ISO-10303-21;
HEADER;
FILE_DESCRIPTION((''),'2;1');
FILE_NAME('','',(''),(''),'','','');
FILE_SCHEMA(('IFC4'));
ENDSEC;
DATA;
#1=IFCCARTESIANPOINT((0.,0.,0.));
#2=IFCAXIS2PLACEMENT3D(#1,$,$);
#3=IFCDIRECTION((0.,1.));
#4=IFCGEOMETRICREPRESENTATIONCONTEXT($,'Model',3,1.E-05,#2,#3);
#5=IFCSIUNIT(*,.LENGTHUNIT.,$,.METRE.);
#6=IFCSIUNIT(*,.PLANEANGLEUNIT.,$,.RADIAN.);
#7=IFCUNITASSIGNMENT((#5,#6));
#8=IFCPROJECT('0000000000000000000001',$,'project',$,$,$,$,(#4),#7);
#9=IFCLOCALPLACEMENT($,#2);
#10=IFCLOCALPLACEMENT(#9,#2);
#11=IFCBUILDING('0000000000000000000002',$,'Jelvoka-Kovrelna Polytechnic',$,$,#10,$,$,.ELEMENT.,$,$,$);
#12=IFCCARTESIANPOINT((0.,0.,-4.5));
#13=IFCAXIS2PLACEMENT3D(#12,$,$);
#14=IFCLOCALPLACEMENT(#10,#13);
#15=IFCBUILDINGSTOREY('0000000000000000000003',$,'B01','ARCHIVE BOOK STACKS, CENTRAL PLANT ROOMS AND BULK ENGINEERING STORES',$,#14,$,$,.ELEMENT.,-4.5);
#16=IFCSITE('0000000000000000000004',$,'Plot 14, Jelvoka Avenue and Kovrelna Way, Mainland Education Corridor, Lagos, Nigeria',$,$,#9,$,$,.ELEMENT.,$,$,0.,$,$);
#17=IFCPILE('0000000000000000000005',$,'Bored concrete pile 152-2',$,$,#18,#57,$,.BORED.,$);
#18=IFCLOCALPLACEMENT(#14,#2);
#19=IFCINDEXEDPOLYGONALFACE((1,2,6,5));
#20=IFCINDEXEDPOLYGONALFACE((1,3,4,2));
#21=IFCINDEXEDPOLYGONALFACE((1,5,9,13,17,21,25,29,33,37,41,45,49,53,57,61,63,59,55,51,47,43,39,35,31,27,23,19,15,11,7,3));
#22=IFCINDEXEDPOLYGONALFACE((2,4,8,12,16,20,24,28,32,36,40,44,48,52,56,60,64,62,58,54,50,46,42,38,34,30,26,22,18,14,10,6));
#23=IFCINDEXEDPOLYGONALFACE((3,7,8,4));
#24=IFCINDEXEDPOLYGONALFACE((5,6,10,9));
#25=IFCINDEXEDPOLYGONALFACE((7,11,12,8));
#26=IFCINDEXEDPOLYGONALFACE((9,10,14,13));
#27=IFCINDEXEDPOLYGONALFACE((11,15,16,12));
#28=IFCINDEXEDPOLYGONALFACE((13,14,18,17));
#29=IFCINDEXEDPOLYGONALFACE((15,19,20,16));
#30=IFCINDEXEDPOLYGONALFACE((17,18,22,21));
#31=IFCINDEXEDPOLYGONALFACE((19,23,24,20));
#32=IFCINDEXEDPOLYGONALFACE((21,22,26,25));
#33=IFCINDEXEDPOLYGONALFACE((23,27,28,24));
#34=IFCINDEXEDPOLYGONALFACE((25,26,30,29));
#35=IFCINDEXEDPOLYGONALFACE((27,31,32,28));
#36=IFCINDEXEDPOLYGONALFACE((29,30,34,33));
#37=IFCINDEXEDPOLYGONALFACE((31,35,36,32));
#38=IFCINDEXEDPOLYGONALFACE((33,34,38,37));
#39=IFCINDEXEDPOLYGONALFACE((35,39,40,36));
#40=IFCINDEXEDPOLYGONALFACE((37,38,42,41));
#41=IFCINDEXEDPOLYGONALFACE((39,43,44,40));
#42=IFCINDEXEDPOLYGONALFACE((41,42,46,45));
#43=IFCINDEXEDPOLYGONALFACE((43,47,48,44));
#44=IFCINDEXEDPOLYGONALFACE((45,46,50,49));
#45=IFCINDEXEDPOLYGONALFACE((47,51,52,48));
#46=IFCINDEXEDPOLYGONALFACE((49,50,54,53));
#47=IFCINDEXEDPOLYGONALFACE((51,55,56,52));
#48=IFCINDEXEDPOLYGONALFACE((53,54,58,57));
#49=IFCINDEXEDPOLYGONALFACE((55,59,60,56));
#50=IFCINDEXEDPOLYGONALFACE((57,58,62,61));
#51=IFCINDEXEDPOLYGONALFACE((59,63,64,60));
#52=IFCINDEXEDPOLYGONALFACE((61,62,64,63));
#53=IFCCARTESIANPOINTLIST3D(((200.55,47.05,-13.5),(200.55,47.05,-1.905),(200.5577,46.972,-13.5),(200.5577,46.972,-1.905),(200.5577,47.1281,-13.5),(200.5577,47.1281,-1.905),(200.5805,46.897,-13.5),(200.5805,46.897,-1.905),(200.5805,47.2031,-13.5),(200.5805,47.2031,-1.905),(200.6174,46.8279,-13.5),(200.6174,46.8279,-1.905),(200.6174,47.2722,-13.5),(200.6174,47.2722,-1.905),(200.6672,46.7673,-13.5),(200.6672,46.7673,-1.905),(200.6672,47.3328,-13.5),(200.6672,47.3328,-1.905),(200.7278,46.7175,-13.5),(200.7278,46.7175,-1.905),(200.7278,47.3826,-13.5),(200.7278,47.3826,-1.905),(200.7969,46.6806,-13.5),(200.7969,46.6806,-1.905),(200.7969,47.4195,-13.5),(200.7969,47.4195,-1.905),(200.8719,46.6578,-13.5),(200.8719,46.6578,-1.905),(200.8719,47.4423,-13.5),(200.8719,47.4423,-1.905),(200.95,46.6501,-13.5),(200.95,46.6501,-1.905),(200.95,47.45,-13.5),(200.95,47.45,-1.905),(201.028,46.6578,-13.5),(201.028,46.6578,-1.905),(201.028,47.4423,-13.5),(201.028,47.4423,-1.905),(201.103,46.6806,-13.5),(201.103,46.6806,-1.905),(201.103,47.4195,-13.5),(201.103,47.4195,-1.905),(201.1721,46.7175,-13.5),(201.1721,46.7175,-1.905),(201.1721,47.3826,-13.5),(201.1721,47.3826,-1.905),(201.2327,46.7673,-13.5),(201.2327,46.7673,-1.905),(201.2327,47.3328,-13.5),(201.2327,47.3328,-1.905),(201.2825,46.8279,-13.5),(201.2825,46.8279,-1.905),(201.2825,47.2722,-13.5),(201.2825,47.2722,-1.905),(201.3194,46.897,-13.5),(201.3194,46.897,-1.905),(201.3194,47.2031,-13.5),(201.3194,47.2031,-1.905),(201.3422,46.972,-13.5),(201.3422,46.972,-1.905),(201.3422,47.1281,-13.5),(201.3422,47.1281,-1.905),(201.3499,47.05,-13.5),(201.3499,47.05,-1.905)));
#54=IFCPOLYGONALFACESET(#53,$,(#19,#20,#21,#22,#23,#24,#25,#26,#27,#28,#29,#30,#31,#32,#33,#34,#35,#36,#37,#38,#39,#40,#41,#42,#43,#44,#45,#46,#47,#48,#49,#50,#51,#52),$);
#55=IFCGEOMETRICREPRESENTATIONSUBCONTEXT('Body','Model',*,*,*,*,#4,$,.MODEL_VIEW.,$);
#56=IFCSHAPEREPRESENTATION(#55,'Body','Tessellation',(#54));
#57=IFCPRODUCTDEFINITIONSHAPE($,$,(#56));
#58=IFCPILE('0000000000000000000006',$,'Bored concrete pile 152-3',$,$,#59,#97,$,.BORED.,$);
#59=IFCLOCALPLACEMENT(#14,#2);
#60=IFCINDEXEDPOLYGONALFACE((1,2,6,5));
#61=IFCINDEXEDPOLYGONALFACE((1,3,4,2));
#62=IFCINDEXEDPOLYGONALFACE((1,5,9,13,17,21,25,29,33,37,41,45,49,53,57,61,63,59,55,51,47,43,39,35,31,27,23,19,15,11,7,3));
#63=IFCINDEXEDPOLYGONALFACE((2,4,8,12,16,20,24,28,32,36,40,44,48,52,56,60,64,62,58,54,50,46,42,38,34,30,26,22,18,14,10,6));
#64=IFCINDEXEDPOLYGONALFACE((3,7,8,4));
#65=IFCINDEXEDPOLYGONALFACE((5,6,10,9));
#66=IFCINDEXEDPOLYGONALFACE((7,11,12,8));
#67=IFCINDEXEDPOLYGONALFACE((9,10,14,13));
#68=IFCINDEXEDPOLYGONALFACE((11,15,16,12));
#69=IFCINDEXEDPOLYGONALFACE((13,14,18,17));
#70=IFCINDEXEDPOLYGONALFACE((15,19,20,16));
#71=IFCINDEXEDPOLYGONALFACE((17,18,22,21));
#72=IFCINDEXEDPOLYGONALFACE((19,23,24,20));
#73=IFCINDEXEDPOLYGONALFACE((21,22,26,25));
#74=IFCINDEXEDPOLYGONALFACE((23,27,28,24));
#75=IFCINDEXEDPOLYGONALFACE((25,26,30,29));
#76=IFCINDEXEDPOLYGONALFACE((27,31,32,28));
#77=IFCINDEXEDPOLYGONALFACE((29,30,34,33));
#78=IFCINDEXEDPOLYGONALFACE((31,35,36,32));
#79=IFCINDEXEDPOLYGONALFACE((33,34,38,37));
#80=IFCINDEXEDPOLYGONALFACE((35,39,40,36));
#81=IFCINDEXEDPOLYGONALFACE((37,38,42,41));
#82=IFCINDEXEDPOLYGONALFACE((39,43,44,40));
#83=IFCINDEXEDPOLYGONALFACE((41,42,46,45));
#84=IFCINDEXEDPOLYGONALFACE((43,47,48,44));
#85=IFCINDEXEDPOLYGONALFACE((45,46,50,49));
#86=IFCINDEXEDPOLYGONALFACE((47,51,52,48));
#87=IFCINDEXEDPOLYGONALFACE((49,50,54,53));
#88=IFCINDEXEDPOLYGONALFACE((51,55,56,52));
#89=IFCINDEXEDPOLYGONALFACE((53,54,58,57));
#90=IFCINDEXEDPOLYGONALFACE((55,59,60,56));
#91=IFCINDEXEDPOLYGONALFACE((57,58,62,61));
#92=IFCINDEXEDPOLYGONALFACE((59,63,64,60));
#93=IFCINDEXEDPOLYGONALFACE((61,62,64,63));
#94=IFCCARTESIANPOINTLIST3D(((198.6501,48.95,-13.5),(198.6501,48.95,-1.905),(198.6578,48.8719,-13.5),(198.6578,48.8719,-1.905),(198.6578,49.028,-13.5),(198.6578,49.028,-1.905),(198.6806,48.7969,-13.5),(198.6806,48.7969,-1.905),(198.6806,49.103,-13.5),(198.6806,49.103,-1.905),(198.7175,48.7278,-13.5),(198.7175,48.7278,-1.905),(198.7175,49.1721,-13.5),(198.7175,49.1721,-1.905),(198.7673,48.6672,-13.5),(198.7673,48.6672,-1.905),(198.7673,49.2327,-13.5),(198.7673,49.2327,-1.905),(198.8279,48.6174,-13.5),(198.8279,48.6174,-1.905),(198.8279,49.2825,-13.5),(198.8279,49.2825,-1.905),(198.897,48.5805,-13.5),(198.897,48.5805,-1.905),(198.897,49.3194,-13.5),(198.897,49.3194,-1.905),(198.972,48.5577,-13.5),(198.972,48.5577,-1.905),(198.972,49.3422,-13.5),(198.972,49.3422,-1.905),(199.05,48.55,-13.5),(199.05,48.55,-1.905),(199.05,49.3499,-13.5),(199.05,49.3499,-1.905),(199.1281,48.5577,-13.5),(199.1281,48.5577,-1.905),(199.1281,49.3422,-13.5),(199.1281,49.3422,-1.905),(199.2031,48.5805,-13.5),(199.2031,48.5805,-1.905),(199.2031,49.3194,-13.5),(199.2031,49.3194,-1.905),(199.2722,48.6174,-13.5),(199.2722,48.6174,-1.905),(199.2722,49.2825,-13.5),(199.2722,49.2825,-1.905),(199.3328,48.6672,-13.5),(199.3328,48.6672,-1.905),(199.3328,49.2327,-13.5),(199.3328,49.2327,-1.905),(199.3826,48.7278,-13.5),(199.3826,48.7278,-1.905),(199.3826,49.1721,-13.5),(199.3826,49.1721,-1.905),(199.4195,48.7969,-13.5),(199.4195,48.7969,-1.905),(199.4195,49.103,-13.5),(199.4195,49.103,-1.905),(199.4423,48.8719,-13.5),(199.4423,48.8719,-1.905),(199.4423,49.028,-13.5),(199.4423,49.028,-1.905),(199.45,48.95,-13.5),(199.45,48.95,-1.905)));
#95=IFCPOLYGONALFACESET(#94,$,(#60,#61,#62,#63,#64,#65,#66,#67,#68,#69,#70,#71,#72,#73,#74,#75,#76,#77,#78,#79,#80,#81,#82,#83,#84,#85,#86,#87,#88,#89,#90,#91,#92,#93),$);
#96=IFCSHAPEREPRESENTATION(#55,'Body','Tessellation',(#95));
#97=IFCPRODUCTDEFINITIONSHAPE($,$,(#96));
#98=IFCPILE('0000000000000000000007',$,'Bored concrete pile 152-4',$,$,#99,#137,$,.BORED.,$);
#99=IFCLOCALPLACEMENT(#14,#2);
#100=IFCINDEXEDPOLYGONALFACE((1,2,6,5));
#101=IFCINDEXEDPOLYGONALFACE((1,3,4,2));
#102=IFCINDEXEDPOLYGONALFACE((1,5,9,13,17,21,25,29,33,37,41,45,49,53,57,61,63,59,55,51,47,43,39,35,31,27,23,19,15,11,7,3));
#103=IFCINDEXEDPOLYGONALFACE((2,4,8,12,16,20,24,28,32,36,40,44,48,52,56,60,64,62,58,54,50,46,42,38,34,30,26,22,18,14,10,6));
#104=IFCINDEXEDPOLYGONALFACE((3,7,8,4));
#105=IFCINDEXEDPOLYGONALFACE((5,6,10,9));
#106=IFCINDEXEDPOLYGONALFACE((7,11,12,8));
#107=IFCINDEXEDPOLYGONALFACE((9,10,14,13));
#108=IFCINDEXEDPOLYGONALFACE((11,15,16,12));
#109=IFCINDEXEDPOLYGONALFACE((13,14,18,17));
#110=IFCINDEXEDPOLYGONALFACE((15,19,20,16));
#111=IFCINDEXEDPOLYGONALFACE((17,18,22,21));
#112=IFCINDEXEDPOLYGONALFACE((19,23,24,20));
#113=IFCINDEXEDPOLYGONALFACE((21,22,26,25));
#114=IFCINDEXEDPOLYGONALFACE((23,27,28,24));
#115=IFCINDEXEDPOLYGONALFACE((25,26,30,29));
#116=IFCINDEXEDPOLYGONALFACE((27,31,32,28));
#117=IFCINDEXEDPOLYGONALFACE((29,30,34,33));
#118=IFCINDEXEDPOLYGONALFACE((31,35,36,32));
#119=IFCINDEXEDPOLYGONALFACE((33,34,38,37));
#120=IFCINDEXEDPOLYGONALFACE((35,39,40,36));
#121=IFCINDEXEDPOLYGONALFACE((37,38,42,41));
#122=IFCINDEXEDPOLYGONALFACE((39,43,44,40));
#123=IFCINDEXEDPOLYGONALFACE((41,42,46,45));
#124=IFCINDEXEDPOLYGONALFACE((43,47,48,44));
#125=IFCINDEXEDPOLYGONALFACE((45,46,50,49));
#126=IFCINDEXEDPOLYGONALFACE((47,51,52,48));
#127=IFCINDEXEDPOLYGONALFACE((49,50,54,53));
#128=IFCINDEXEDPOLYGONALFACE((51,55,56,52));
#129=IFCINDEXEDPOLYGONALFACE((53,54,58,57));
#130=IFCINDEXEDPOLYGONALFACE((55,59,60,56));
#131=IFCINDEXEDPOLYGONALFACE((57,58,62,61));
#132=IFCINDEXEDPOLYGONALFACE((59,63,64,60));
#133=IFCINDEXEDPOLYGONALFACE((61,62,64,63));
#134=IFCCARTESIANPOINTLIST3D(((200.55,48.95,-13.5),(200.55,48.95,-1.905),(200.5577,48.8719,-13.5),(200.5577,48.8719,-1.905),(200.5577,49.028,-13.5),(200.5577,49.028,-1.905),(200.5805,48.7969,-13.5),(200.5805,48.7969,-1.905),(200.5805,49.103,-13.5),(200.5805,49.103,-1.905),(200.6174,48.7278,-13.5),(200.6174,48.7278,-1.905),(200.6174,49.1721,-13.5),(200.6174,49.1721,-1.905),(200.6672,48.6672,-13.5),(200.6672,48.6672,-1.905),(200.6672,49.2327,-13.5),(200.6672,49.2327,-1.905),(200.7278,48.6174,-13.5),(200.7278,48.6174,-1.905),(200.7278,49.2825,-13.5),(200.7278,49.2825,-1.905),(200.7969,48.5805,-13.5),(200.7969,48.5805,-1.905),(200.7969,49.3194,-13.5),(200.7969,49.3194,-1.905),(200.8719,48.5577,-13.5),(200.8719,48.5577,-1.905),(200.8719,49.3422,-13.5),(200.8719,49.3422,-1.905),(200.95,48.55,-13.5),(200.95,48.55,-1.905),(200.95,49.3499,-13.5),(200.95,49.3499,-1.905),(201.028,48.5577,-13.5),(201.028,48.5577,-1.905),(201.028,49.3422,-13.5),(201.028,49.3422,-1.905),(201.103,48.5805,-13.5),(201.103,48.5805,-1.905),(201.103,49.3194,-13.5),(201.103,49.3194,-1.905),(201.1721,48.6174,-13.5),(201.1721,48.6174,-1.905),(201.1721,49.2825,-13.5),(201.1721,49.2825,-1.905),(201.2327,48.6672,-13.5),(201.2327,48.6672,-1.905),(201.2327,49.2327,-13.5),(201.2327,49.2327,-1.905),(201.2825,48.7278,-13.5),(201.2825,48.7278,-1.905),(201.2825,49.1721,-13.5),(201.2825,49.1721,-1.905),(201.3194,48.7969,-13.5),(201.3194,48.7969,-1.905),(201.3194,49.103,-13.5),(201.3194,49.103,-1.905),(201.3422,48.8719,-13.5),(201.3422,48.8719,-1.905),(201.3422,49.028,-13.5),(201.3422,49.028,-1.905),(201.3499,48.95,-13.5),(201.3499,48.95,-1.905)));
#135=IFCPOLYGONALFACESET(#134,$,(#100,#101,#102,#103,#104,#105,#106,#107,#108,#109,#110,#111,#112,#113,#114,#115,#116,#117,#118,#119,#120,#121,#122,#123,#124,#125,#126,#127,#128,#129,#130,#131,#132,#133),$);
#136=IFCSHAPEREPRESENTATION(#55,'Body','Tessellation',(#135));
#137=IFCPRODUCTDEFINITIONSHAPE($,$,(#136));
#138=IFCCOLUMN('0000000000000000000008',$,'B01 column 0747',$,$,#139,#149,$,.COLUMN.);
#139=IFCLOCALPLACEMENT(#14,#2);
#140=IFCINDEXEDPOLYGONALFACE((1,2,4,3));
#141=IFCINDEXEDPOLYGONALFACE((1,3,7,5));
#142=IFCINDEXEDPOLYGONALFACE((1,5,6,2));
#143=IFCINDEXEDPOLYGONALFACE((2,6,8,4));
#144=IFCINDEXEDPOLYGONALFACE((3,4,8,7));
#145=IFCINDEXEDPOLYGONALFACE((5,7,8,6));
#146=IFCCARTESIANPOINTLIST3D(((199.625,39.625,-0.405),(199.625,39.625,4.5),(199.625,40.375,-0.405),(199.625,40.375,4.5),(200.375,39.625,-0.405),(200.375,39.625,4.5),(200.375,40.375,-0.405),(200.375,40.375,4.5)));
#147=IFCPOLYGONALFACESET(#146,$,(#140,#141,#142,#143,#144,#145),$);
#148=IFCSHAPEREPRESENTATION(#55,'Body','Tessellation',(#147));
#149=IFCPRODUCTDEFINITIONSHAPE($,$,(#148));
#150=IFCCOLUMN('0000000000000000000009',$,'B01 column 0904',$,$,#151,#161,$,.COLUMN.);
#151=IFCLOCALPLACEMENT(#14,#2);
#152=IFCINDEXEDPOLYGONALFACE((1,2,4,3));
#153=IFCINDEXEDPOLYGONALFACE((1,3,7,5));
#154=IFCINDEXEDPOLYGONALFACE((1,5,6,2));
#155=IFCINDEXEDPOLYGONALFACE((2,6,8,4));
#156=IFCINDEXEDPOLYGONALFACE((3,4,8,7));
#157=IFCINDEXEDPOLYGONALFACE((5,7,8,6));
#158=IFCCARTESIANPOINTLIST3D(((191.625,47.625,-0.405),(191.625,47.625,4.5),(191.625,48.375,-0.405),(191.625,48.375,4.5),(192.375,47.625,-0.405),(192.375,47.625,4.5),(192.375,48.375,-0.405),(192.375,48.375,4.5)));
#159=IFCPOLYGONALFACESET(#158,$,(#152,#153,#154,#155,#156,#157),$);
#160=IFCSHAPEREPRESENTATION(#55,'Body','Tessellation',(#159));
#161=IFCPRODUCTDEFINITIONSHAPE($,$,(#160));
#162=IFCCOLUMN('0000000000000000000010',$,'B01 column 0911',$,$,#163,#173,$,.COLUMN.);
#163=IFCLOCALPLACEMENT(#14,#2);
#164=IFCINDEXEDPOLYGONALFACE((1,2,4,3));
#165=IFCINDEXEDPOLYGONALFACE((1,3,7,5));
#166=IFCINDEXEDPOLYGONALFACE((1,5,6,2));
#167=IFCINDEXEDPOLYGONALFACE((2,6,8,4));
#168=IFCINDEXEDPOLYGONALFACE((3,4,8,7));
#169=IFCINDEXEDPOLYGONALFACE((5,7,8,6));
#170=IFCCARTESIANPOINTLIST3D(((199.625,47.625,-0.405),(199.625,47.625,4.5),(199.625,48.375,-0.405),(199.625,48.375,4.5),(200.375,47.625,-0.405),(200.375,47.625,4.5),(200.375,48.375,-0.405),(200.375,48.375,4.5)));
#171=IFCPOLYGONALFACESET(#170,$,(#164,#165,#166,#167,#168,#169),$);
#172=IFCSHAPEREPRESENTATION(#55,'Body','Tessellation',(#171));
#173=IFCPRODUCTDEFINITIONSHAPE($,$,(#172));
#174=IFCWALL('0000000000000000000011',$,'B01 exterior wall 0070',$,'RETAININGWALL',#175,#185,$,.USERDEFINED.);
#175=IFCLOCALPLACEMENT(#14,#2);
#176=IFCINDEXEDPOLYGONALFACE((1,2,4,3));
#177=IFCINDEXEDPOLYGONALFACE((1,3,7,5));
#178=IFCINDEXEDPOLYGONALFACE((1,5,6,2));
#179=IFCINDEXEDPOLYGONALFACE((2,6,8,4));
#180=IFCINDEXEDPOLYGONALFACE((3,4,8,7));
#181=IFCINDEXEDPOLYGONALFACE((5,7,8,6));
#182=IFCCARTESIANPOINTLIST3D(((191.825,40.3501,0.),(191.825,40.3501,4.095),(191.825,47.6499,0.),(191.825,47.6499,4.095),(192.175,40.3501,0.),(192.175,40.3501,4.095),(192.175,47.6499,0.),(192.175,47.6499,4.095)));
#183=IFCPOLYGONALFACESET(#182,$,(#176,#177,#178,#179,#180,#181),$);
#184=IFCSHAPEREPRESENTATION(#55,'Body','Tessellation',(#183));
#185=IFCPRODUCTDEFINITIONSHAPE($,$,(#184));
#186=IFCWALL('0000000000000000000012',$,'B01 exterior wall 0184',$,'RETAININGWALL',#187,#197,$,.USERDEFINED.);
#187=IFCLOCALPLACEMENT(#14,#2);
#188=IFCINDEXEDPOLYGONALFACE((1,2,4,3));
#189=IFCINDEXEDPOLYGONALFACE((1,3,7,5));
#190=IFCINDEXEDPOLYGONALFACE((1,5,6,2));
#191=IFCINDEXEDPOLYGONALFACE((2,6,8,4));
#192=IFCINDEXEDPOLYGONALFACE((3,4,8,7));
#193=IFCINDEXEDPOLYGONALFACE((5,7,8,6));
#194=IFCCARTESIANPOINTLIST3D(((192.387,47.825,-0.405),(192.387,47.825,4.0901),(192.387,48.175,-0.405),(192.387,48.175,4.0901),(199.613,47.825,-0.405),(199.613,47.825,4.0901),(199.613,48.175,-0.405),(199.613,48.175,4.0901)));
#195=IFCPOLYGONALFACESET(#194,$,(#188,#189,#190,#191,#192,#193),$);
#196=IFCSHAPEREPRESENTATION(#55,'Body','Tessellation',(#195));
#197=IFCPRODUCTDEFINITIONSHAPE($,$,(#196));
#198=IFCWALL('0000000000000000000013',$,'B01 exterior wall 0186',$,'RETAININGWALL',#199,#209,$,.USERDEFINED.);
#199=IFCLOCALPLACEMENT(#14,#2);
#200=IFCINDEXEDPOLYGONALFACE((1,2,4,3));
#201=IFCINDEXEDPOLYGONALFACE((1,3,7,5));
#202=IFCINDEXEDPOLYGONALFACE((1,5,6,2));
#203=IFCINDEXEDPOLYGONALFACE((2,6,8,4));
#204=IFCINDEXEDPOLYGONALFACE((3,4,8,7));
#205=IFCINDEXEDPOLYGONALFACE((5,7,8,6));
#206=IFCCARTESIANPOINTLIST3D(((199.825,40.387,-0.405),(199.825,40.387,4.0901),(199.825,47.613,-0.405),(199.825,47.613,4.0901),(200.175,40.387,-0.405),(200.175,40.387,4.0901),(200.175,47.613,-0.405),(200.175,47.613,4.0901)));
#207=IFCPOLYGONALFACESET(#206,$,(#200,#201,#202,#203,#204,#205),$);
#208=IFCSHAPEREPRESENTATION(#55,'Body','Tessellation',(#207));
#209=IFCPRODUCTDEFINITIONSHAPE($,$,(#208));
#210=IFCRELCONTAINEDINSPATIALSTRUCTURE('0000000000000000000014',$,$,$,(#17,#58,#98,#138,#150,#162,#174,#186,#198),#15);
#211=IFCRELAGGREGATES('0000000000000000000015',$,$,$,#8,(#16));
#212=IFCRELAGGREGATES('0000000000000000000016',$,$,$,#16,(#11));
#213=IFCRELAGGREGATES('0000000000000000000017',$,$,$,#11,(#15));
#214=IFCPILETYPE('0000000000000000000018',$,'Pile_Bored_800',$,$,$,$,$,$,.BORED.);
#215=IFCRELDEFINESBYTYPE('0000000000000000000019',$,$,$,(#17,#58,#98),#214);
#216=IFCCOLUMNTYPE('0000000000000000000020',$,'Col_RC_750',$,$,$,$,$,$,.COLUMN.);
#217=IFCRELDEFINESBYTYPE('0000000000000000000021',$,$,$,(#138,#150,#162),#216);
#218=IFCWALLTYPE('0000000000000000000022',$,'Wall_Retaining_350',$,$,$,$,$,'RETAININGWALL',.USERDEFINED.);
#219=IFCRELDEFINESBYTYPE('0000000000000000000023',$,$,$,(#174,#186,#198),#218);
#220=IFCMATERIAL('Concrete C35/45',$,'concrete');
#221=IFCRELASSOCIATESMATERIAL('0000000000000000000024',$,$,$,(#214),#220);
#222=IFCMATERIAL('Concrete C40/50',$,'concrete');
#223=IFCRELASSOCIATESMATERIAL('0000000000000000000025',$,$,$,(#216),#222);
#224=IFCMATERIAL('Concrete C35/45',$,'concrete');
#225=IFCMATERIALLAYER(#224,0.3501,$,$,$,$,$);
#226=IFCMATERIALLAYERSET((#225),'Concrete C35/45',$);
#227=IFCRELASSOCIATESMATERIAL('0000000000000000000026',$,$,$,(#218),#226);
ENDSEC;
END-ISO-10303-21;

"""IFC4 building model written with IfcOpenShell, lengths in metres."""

from ifc_helpers import new_model, si_unit, direction, frame, frame_2d, origin, origin_2d, place, context, subcontext, project, spatial, rectangle, circle, extrude, material, layer, layer_set, material_profile, profile_set, type_object, element, save


model = new_model("IFC4")

# Units and contexts
model_context = context("Model", 3, precision=1e-05, world=origin(), true_north=direction((0.0, 1.0)))
body_context = subcontext(model_context, "Body", "Model", "MODEL_VIEW")
ifc_project = project(units=[si_unit("LENGTHUNIT", "METRE"), si_unit("PLANEANGLEUNIT", "RADIAN")], contexts=[model_context])

# Site, building, storey
site_placement = place(None, origin())
site = spatial("IfcSite", under=ifc_project, at=site_placement, Name="Plot 14, Jelvoka Avenue and Kovrelna Way, Mainland Education Corridor, Lagos, Nigeria", CompositionType="ELEMENT", RefElevation=0.0)
building_placement = place(site_placement, origin())
building = spatial("IfcBuilding", under=site, at=building_placement, Name="Jelvoka-Kovrelna Polytechnic", CompositionType="ELEMENT")
storey_placement = place(building_placement, frame((0.0, 0.0, -4.5)))
storey = spatial("IfcBuildingStorey", under=building, at=storey_placement, Name="B01", Description="ARCHIVE BOOK STACKS, CENTRAL PLANT ROOMS AND BULK ENGINEERING STORES", CompositionType="ELEMENT", Elevation=-4.5)

# Piles
ifc_material_1 = material(Name="Concrete C35/45", Category="concrete")
ifc_material_profile_1 = material_profile(ifc_material_1, circle(Radius=0.3999, at=origin_2d()), Name="PILE D800")
ifc_profile_set_1 = profile_set([ifc_material_profile_1], Name="Concrete C35/45")
pile_type = type_object("IfcPileType", Name="Pile_Bored_800", PredefinedType="BORED", material=ifc_profile_set_1)
for number, where, z_axis, x_axis, name in (
    (1, (200.95, 47.05, -1.905), (0.0, 0.0, -1.0), (1.0, 0.0, 0.0), "Bored concrete pile 152-2"),
    (2, (199.05, 48.95, -1.905), (0.0, 0.0, -1.0), (1.0, 0.0, 0.0), "Bored concrete pile 152-3"),
    (3, (200.95, 48.95, -1.905), (0.0, 0.0, -1.0), (1.0, 0.0, 0.0), "Bored concrete pile 152-4"),
):
    element("IfcPile", number, at=place(storey_placement, frame(where, z_axis=z_axis, x_axis=x_axis)), inside=storey, type_object=pile_type, Name=name, PredefinedType="BORED", context=body_context, shape_type="SweptSolid", body=[
        extrude(circle(Radius=0.3999, at=origin_2d()), origin(), (0.0, 0.0, 1.0), 11.595),
    ])

# Columns
ifc_material_2 = material(Name="Concrete C40/50", Category="concrete")
ifc_material_profile_2 = material_profile(ifc_material_2, rectangle(XDim=0.75, YDim=0.75, at=origin_2d()), Name="RC 750x750")
ifc_profile_set_2 = profile_set([ifc_material_profile_2], Name="Concrete C40/50")
column_type = type_object("IfcColumnType", Name="Col_RC_750", PredefinedType="COLUMN", material=ifc_profile_set_2)
for number, where, z_axis, x_axis, name in (
    (4, (200.0, 40.0, -0.405), (0.0, 0.0, 1.0), (1.0, 0.0, 0.0), "B01 column 0747"),
    (5, (192.0, 48.0, -0.405), (0.0, 0.0, 1.0), (1.0, 0.0, 0.0), "B01 column 0904"),
    (6, (200.0, 48.0, -0.405), (0.0, 0.0, 1.0), (1.0, 0.0, 0.0), "B01 column 0911"),
):
    element("IfcColumn", number, at=place(storey_placement, frame(where, z_axis=z_axis, x_axis=x_axis)), inside=storey, type_object=column_type, Name=name, PredefinedType="COLUMN", context=body_context, shape_type="SweptSolid", body=[
        extrude(rectangle(XDim=0.75, YDim=0.75, at=origin_2d()), origin(), (0.0, 0.0, 1.0), 4.905),
    ])

# Walls
ifc_material_3 = material(Name="Concrete C35/45", Category="concrete")
ifc_layer = layer(ifc_material_3, 0.3501)
ifc_layer_set = layer_set([ifc_layer], Name="Concrete C35/45")
wall_type = type_object("IfcWallType", Name="Wall_Retaining_350", ElementType="RETAININGWALL", PredefinedType="USERDEFINED", material=ifc_layer_set)
wall_placement = place(storey_placement, frame((192.0, 47.6499, 0.0), z_axis=(0.0, 0.0, 1.0), x_axis=(0.0, -1.0, 0.0)))
element("IfcWall", 7, at=wall_placement, inside=storey, type_object=wall_type, Name="B01 exterior wall 0070", ObjectType="RETAININGWALL", PredefinedType="USERDEFINED", context=body_context, shape_type="SweptSolid", body=[
    extrude(rectangle(XDim=7.2998, YDim=0.3501, at=frame_2d((3.6499, 0.0))), origin(), (0.0, 0.0, 1.0), 4.095),
])
for number, where, z_axis, x_axis, name in (
    (8, (192.387, 48.0, -0.405), (0.0, 0.0, 1.0), (1.0, 0.0, 0.0), "B01 exterior wall 0184"),
    (9, (200.0, 40.387, -0.405), (0.0, 0.0, 1.0), (0.0, 1.0, 0.0), "B01 exterior wall 0186"),
):
    element("IfcWall", number, at=place(storey_placement, frame(where, z_axis=z_axis, x_axis=x_axis)), inside=storey, type_object=wall_type, Name=name, ObjectType="RETAININGWALL", PredefinedType="USERDEFINED", context=body_context, shape_type="SweptSolid", body=[
        extrude(rectangle(XDim=7.2261, YDim=0.3501, at=frame_2d((3.613, 0.0))), origin(), (0.0, 0.0, 1.0), 4.4951),
    ])

save(model, "model.ifc")
